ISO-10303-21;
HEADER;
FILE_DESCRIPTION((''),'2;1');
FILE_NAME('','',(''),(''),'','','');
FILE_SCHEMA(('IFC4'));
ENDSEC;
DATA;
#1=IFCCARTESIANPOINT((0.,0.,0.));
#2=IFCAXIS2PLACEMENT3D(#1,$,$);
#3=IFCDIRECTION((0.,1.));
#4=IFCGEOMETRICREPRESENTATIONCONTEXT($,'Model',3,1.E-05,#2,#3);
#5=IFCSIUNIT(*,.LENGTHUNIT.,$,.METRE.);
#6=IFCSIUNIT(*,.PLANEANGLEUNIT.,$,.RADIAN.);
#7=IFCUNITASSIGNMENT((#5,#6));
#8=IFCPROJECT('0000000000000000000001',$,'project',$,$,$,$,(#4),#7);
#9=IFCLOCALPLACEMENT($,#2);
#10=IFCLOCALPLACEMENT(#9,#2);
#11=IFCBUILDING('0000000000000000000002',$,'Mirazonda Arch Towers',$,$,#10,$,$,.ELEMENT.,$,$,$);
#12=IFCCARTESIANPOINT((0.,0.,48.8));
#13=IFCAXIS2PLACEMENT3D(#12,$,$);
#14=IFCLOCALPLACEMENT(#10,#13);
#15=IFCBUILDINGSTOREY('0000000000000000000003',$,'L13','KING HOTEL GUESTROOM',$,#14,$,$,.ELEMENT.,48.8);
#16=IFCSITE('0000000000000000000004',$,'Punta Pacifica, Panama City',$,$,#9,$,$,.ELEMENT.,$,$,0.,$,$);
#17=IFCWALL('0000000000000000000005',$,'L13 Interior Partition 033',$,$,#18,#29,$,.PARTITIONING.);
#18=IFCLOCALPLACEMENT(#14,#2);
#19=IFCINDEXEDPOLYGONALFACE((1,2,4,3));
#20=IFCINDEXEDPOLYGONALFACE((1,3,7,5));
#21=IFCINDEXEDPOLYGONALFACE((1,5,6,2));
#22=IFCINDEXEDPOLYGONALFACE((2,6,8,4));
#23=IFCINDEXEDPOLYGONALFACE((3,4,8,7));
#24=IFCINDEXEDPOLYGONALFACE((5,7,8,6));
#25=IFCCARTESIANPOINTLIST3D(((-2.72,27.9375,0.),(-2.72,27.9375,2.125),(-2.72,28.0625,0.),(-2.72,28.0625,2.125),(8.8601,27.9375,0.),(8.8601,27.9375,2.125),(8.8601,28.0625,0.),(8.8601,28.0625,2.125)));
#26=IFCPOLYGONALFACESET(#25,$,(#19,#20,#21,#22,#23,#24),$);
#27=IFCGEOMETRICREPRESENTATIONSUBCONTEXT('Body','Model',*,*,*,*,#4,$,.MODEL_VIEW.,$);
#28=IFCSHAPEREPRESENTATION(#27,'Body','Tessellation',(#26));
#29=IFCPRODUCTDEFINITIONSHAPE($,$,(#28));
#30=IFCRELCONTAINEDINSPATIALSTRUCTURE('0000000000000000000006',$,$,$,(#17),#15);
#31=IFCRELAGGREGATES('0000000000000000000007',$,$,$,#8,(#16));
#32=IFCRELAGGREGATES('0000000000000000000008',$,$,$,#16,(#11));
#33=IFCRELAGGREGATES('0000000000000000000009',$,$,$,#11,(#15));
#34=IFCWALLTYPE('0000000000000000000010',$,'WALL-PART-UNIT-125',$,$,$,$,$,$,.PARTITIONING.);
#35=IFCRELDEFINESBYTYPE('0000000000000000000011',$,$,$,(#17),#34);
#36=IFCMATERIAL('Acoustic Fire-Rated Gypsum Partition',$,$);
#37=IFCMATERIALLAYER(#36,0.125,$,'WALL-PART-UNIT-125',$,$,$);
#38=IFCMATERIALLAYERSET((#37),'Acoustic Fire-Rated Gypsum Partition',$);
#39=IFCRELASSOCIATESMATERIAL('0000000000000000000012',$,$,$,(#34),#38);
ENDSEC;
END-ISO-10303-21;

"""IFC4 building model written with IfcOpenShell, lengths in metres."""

from ifc_helpers import new_model, si_unit, direction, frame, frame_2d, origin, place, context, subcontext, project, spatial, rectangle, extrude, material, layer, layer_set, type_object, element, save


model = new_model("IFC4")

# Units and contexts
model_context = context("Model", 3, precision=1e-05, world=origin(), true_north=direction((0.0, 1.0)))
body_context = subcontext(model_context, "Body", "Model", "MODEL_VIEW")
ifc_project = project(units=[si_unit("LENGTHUNIT", "METRE"), si_unit("PLANEANGLEUNIT", "RADIAN")], contexts=[model_context])

# Site, building, storey
site_placement = place(None, origin())
site = spatial("IfcSite", under=ifc_project, at=site_placement, Name="Punta Pacifica, Panama City", CompositionType="ELEMENT", RefElevation=0.0)
building_placement = place(site_placement, origin())
building = spatial("IfcBuilding", under=site, at=building_placement, Name="Mirazonda Arch Towers", CompositionType="ELEMENT")
storey_placement = place(building_placement, frame((0.0, 0.0, 48.8)))
storey = spatial("IfcBuildingStorey", under=building, at=storey_placement, Name="L13", Description="KING HOTEL GUESTROOM", CompositionType="ELEMENT", Elevation=48.8)

# Wall
ifc_material_1 = material(Name="Acoustic Fire-Rated Gypsum Partition")
ifc_layer_1 = layer(ifc_material_1, 0.125, Name="WALL-PART-UNIT-125")
ifc_layer_set_1 = layer_set([ifc_layer_1], Name="Acoustic Fire-Rated Gypsum Partition")
wall_type_1 = type_object("IfcWallType", Name="WALL-PART-UNIT-125", PredefinedType="PARTITIONING", material=ifc_layer_set_1)
wall_1_placement = place(storey_placement, frame((-2.72, 28.0, 0.0), z_axis=(0.0, 0.0, 1.0), x_axis=(1.0, 0.0, 0.0)))
element("IfcWall", 1, at=wall_1_placement, inside=storey, type_object=wall_type_1, Name="L13 Interior Partition 033", PredefinedType="PARTITIONING", context=body_context, shape_type="SweptSolid", body=[
    extrude(rectangle(XDim=11.5801, YDim=0.125, at=frame_2d((5.79, 0.0))), origin(), (0.0, 0.0, 1.0), 2.125),
])

save(model, "model.ifc")
